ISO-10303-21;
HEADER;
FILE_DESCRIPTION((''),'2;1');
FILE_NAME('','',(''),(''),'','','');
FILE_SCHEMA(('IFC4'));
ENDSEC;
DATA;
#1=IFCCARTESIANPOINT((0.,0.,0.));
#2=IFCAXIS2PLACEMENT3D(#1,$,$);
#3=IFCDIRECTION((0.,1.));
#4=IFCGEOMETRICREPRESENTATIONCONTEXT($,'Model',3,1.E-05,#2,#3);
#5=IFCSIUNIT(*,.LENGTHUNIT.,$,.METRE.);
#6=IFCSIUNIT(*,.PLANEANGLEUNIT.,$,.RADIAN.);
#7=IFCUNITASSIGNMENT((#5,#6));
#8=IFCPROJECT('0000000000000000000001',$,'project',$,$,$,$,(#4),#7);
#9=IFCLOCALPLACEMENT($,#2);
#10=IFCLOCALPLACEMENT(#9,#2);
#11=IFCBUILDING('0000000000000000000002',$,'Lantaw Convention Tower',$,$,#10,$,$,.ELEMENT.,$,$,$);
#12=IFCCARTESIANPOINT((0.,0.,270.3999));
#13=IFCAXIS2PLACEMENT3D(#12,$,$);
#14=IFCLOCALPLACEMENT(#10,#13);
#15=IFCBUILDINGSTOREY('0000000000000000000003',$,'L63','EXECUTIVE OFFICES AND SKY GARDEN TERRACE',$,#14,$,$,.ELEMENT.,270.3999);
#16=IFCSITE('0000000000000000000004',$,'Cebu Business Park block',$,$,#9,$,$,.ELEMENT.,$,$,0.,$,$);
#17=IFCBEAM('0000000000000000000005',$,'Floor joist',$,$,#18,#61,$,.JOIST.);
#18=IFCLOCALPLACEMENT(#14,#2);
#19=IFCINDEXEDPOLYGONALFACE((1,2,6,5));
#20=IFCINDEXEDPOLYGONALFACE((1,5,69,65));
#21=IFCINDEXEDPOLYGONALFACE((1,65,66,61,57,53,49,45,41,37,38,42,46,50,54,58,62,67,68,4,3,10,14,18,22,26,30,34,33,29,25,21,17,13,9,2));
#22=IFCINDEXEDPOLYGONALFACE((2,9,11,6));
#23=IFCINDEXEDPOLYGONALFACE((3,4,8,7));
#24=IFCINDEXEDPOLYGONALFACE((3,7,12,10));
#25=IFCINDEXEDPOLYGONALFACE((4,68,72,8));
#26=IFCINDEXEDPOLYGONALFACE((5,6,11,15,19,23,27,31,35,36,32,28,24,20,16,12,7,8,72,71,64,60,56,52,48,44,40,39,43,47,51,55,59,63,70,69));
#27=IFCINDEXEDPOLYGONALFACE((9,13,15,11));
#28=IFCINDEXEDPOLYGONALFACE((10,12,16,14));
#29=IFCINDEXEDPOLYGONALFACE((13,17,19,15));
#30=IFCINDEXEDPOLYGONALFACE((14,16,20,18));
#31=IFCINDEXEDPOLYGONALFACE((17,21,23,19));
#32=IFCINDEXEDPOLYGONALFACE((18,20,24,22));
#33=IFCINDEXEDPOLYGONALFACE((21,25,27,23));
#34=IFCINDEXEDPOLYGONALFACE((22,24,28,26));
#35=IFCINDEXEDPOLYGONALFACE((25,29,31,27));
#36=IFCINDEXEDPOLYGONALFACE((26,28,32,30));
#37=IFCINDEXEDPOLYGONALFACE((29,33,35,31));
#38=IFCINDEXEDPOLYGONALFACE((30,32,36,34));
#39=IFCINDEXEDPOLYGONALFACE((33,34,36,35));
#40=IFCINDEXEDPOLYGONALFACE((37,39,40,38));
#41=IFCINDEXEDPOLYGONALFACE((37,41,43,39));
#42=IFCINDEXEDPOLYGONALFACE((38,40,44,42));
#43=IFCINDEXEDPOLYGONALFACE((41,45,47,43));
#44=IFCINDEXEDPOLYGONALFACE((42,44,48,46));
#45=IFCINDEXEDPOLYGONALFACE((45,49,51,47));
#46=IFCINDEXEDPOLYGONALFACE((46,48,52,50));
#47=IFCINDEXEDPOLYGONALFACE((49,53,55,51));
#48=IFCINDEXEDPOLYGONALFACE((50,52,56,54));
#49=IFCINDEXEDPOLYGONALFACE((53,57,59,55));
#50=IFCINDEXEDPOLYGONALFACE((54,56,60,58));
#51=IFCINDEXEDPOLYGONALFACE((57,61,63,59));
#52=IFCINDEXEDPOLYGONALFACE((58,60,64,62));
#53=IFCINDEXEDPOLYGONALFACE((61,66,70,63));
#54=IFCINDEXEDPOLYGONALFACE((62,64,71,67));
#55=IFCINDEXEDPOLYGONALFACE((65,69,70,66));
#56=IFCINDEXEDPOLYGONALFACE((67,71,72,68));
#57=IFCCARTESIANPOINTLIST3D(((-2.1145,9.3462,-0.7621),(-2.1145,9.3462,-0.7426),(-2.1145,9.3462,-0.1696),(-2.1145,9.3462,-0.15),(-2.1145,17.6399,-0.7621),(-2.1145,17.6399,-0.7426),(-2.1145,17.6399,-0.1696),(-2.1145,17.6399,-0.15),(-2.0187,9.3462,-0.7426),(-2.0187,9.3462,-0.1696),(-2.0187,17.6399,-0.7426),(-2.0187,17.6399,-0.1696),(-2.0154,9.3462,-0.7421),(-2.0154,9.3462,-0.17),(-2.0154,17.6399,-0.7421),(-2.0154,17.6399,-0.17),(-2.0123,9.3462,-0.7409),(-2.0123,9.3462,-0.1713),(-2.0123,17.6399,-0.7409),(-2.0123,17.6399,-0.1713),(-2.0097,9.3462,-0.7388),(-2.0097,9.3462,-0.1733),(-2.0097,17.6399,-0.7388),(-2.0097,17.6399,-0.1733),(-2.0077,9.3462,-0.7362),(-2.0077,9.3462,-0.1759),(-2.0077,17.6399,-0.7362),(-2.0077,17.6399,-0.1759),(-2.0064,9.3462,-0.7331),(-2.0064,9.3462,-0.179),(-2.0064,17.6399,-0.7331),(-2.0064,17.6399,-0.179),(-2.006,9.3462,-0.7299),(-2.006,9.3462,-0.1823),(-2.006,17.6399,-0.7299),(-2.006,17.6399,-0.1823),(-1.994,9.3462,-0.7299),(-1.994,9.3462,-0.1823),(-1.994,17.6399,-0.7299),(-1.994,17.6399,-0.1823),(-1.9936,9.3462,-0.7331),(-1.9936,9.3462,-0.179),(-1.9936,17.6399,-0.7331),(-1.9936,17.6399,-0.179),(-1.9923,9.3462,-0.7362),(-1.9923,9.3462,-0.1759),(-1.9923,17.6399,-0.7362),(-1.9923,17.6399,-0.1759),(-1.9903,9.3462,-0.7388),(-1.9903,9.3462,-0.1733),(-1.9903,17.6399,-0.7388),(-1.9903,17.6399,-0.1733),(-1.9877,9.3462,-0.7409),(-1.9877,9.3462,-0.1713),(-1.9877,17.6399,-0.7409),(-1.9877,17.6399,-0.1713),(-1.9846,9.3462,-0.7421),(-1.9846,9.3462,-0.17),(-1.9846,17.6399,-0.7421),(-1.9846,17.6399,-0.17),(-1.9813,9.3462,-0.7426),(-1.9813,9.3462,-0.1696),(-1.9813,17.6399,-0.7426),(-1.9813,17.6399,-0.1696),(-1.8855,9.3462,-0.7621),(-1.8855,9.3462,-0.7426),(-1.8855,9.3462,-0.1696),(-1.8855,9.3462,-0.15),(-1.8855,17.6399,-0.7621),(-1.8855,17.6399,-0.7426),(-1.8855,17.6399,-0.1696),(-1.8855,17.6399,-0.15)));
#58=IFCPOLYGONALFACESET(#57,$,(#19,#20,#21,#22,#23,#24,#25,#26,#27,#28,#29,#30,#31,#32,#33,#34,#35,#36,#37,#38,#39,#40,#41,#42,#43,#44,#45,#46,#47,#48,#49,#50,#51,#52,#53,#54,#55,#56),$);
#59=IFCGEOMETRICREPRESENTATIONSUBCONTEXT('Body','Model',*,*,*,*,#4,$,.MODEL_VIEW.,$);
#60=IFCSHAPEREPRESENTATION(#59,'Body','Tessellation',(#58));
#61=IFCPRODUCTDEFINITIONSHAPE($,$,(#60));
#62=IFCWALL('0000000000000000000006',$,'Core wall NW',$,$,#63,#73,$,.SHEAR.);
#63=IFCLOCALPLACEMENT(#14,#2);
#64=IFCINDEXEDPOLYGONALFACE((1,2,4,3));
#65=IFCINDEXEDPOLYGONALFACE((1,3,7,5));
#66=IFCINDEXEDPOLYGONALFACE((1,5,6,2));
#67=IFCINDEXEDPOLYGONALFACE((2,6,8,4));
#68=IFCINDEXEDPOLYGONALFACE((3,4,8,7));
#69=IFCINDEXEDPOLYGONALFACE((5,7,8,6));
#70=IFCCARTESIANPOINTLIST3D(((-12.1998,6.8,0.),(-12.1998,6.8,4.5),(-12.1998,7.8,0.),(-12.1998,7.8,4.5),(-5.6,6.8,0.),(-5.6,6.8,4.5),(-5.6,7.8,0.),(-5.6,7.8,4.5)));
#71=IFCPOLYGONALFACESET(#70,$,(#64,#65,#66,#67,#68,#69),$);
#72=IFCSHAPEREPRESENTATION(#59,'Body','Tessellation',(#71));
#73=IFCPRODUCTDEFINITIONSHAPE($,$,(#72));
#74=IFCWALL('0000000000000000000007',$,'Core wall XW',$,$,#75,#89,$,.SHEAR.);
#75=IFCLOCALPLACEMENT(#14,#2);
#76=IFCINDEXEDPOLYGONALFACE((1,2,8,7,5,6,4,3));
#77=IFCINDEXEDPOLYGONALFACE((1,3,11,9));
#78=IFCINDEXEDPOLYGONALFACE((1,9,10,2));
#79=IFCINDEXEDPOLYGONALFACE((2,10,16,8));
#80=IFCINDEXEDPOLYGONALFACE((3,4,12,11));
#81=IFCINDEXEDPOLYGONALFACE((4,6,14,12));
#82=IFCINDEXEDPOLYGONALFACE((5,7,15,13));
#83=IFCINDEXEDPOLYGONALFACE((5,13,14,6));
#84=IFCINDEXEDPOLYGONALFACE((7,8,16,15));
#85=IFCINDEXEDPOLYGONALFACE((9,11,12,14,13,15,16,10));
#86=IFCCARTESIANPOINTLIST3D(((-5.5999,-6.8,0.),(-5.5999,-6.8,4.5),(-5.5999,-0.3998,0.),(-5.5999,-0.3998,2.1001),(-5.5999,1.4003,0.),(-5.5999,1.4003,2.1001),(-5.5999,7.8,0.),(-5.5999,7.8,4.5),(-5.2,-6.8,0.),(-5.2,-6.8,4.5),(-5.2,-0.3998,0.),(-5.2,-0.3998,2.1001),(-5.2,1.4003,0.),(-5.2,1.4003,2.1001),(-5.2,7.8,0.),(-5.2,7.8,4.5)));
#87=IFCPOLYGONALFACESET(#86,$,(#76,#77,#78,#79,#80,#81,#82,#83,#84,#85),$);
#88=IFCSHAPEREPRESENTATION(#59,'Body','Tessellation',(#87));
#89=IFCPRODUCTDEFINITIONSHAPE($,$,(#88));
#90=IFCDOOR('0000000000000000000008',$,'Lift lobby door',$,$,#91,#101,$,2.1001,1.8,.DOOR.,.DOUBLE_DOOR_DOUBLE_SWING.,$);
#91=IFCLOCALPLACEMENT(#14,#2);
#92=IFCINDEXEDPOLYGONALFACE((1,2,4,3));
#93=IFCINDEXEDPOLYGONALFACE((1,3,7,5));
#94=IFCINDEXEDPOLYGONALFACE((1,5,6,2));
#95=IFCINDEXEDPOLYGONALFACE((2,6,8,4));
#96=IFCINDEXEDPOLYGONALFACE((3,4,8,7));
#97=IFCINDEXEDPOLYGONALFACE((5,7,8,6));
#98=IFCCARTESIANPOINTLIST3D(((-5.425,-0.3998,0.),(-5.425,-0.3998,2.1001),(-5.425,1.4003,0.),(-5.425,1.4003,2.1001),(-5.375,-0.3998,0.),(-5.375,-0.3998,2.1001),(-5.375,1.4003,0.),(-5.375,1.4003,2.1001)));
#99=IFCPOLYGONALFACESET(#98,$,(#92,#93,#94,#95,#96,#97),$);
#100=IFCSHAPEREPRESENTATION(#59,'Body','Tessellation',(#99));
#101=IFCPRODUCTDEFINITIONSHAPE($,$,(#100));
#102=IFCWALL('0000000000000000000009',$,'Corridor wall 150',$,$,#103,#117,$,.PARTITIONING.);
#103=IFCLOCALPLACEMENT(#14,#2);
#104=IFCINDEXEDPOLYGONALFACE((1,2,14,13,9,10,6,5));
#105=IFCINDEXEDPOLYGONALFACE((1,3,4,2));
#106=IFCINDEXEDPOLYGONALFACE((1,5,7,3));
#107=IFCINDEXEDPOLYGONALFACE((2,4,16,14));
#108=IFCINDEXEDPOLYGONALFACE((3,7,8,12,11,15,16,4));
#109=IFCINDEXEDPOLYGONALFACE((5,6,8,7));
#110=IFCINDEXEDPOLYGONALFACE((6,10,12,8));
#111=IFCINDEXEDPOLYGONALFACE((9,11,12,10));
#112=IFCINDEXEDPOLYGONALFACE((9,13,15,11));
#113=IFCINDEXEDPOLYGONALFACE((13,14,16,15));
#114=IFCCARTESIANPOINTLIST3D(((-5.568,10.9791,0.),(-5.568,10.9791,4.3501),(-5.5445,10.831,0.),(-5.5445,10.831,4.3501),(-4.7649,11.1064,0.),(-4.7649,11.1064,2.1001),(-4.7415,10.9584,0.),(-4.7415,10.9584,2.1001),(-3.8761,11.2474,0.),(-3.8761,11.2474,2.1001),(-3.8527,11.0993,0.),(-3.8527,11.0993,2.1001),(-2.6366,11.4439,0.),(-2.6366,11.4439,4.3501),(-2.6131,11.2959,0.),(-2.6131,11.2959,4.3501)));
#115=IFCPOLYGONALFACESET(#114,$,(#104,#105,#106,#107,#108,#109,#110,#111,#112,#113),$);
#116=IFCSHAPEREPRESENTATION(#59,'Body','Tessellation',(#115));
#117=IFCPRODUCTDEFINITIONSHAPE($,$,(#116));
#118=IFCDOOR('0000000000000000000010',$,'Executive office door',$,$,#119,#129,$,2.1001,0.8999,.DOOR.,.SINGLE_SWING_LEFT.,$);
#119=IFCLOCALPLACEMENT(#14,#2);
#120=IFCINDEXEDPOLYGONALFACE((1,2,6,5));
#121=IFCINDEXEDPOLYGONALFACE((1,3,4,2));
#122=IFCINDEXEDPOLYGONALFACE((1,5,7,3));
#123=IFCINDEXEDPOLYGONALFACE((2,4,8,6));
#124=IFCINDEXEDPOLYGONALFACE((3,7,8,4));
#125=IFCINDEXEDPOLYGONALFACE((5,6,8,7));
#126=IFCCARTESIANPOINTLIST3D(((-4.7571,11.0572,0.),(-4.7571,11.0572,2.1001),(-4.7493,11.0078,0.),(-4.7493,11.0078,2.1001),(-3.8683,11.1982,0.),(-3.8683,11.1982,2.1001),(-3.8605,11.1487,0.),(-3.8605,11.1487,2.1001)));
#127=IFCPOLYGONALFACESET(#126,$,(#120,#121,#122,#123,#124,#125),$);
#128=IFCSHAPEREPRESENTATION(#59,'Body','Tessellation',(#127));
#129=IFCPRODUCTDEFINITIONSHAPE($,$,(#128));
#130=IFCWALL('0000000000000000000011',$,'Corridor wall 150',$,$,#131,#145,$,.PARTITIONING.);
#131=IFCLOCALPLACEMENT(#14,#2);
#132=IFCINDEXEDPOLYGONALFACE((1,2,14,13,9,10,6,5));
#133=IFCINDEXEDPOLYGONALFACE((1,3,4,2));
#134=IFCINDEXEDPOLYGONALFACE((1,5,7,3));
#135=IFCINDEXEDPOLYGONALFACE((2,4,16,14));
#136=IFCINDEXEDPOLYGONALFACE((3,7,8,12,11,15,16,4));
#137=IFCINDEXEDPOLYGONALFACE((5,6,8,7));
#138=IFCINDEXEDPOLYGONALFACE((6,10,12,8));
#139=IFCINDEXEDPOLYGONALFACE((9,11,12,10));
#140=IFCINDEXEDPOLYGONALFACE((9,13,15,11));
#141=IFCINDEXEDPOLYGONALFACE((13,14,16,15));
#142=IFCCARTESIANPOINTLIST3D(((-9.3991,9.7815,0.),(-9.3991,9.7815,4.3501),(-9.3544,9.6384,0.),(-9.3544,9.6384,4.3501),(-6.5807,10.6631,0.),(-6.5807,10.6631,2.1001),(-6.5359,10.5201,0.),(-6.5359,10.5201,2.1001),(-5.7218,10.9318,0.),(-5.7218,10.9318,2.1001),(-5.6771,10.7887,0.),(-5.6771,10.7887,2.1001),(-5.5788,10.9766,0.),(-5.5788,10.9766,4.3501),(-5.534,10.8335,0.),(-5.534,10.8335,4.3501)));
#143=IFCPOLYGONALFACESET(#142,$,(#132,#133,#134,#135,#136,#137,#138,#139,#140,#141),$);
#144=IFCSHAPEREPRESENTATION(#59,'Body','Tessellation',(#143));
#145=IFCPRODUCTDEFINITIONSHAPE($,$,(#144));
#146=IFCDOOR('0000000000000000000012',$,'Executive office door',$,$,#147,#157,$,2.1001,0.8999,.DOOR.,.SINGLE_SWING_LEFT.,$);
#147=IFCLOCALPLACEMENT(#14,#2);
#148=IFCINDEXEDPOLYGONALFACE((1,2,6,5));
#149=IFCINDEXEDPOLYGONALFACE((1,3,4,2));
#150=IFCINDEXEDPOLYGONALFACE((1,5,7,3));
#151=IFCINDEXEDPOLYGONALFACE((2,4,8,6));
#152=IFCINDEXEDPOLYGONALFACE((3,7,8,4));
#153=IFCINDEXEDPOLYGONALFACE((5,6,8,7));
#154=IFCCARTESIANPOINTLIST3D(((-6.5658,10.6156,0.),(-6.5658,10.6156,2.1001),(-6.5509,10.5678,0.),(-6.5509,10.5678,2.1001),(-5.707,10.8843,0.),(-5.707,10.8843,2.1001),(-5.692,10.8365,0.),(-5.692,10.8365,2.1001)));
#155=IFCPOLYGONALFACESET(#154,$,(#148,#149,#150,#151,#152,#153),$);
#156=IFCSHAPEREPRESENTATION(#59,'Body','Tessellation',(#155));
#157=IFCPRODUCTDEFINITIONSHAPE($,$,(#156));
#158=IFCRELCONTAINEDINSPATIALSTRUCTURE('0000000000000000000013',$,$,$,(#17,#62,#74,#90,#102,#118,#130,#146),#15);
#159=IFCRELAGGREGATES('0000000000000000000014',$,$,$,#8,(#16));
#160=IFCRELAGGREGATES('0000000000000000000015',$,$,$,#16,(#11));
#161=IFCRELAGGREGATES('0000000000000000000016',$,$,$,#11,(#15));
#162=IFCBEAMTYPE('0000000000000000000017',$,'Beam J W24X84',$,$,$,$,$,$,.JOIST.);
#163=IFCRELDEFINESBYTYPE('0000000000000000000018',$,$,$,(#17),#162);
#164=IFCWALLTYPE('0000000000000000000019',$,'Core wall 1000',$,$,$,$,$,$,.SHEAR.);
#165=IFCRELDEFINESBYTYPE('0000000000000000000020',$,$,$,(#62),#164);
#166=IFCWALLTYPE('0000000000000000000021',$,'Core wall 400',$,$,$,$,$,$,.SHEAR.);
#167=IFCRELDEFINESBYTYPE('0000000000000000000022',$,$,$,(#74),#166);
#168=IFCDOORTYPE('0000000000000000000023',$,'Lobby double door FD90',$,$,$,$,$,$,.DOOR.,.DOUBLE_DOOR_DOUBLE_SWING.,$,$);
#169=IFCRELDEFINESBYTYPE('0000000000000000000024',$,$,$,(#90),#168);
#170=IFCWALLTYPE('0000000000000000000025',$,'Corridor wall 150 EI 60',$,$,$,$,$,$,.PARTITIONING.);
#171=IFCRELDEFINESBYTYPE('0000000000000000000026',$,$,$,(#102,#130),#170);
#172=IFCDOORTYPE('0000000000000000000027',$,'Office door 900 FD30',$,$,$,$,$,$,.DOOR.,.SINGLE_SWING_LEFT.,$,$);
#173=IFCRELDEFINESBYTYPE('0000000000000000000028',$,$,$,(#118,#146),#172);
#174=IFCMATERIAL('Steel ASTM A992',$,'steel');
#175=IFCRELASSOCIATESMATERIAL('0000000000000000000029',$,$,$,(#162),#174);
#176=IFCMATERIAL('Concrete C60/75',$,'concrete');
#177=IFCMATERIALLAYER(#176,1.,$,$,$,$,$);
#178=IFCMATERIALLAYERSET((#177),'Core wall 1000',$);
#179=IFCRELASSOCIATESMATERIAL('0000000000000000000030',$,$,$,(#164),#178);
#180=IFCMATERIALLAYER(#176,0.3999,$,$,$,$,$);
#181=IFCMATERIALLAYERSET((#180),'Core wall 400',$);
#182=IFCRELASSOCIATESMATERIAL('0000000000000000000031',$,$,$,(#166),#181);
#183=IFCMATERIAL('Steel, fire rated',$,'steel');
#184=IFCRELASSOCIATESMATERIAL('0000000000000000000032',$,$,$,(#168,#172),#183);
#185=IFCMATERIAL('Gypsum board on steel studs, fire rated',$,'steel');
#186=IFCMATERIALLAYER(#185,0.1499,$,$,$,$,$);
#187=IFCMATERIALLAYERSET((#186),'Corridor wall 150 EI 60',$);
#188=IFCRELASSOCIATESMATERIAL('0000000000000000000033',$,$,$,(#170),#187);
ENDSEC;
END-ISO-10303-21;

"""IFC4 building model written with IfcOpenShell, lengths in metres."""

from ifc_helpers import new_model, si_unit, direction, frame, frame_2d, origin, origin_2d, place, context, subcontext, project, spatial, rectangle, i_section, extrude, material, layer, layer_set, material_profile, profile_set, type_object, element, fill, save


model = new_model("IFC4")

# Units and contexts
model_context = context("Model", 3, precision=1e-05, world=origin(), true_north=direction((0.0, 1.0)))
body_context = subcontext(model_context, "Body", "Model", "MODEL_VIEW")
ifc_project = project(units=[si_unit("LENGTHUNIT", "METRE"), si_unit("PLANEANGLEUNIT", "RADIAN")], contexts=[model_context])

# Site, building, storey
site_placement = place(None, origin())
site = spatial("IfcSite", under=ifc_project, at=site_placement, Name="Cebu Business Park block", CompositionType="ELEMENT", RefElevation=0.0)
building_placement = place(site_placement, origin())
building = spatial("IfcBuilding", under=site, at=building_placement, Name="Lantaw Convention Tower", CompositionType="ELEMENT")
storey_placement = place(building_placement, frame((0.0, 0.0, 270.3999)))
storey = spatial("IfcBuildingStorey", under=building, at=storey_placement, Name="L63", Description="EXECUTIVE OFFICES AND SKY GARDEN TERRACE", CompositionType="ELEMENT", Elevation=270.3999)

# Shared definitions
ifc_material_1 = material(Name="Concrete C60/75", Category="concrete")

# Beam
ifc_material_2 = material(Name="Steel ASTM A992", Category="steel")
ifc_material_profile_1 = material_profile(ifc_material_2, i_section(OverallWidth=0.229, OverallDepth=0.6121, WebThickness=0.012, FlangeThickness=0.0195, FilletRadius=0.0127, at=origin_2d()), Name="W24X84")
ifc_profile_set_1 = profile_set([ifc_material_profile_1], Name="Steel ASTM A992")
beam_type_1 = type_object("IfcBeamType", Name="Beam J W24X84", PredefinedType="JOIST", material=ifc_profile_set_1)
beam_1_placement = place(storey_placement, frame((-2.0, 9.3462, -0.4561), z_axis=(0.0, 1.0, 0.0), x_axis=(-1.0, 0.0, 0.0)))
element("IfcBeam", 1, at=beam_1_placement, inside=storey, type_object=beam_type_1, Name="Floor joist", PredefinedType="JOIST", context=body_context, shape_type="SweptSolid", body=[
    extrude(i_section(OverallWidth=0.229, OverallDepth=0.6121, WebThickness=0.012, FlangeThickness=0.0195, FilletRadius=0.0127, at=origin_2d()), origin(), (0.0, 0.0, 1.0), 8.2937),
])

# Wall
ifc_layer_1 = layer(ifc_material_1, 1.0)
ifc_layer_set_1 = layer_set([ifc_layer_1], Name="Core wall 1000")
wall_type_1 = type_object("IfcWallType", Name="Core wall 1000", PredefinedType="SHEAR", material=ifc_layer_set_1)
wall_1_placement = place(storey_placement, frame((-5.6001, 7.3, 0.0), z_axis=(0.0, 0.0, 1.0), x_axis=(-1.0, 0.0, 0.0)))
element("IfcWall", 2, at=wall_1_placement, inside=storey, type_object=wall_type_1, Name="Core wall NW", PredefinedType="SHEAR", context=body_context, shape_type="SweptSolid", body=[
    extrude(rectangle(XDim=6.5999, YDim=1.0, at=frame_2d((3.2998, 0.0))), origin(), (0.0, 0.0, 1.0), 4.5),
])

# Walls, openings, doors
ifc_layer_2 = layer(ifc_material_1, 0.3999)
ifc_layer_set_2 = layer_set([ifc_layer_2], Name="Core wall 400")
wall_type_2 = type_object("IfcWallType", Name="Core wall 400", PredefinedType="SHEAR", material=ifc_layer_set_2)
wall_2_placement = place(storey_placement, frame((-5.3999, 7.8, 0.0), z_axis=(0.0, 0.0, 1.0), x_axis=(0.0, -1.0, 0.0)))
wall_2 = element("IfcWall", 3, at=wall_2_placement, inside=storey, type_object=wall_type_2, Name="Core wall XW", PredefinedType="SHEAR", context=body_context, shape_type="SweptSolid", body=[
    extrude(rectangle(XDim=14.6001, YDim=0.3999, at=frame_2d((7.3, 0.0))), origin(), (0.0, 0.0, 1.0), 4.5),
])
opening_1_placement = place(wall_2_placement, frame((6.3999, 0.0, 0.0)))
opening_1 = element("IfcOpeningElement", 4, at=opening_1_placement, cuts=wall_2, PredefinedType="OPENING", context=body_context, shape_type="SweptSolid", body=[
    extrude(rectangle(XDim=1.8, YDim=2.1001, at=frame_2d((0.8999, 1.05))), frame((0.0, 0.21, 0.0), z_axis=(0.0, -1.0, 0.0), x_axis=(1.0, 0.0, 0.0)), (0.0, 0.0, 1.0), 0.4199),
])
ifc_material_3 = material(Name="Steel, fire rated", Category="steel")
door_type_1 = type_object("IfcDoorType", Name="Lobby double door FD90", OperationType="DOUBLE_DOOR_DOUBLE_SWING", PredefinedType="DOOR", material=ifc_material_3)
door_1_placement = place(opening_1_placement, origin())
door_1 = element("IfcDoor", 5, at=door_1_placement, inside=storey, type_object=door_type_1, Name="Lift lobby door", OperationType="DOUBLE_DOOR_DOUBLE_SWING", OverallHeight=2.1001, OverallWidth=1.8, PredefinedType="DOOR", context=body_context, shape_type="SweptSolid", body=[
    extrude(rectangle(XDim=1.8, YDim=2.1001, at=frame_2d((0.8999, 1.05))), frame((0.0, 0.0249, 0.0), z_axis=(0.0, -1.0, 0.0), x_axis=(1.0, 0.0, 0.0)), (0.0, 0.0, 1.0), 0.05),
])
fill(opening_1, door_1)
ifc_material_4 = material(Name="Gypsum board on steel studs, fire rated", Category="steel")
ifc_layer_3 = layer(ifc_material_4, 0.1499)
ifc_layer_set_3 = layer_set([ifc_layer_3], Name="Corridor wall 150 EI 60")
wall_type_3 = type_object("IfcWallType", Name="Corridor wall 150 EI 60", PredefinedType="PARTITIONING", material=ifc_layer_set_3)
wall_3_placement = place(storey_placement, frame((-2.625, 11.3699, 0.0), z_axis=(0.0, 0.0, 1.0), x_axis=(-0.987659, -0.156617, 0.0)))
wall_3 = element("IfcWall", 6, at=wall_3_placement, inside=storey, type_object=wall_type_3, Name="Corridor wall 150", PredefinedType="PARTITIONING", context=body_context, shape_type="SweptSolid", body=[
    extrude(rectangle(XDim=2.968, YDim=0.1499, at=frame_2d((1.4839, 0.0))), origin(), (0.0, 0.0, 1.0), 4.3501),
])
opening_2_placement = place(wall_3_placement, frame((1.2549, 0.0, 0.0)))
opening_2 = element("IfcOpeningElement", 7, at=opening_2_placement, cuts=wall_3, PredefinedType="OPENING", context=body_context, shape_type="SweptSolid", body=[
    extrude(rectangle(XDim=0.8999, YDim=2.1001, at=frame_2d((0.45, 1.05))), frame((0.0, 0.085, 0.0), z_axis=(0.0, -1.0, 0.0), x_axis=(1.0, 0.0, 0.0)), (0.0, 0.0, 1.0), 0.1699),
])
door_type_2 = type_object("IfcDoorType", Name="Office door 900 FD30", OperationType="SINGLE_SWING_LEFT", PredefinedType="DOOR", material=ifc_material_3)
door_2_placement = place(opening_2_placement, origin())
door_2 = element("IfcDoor", 8, at=door_2_placement, inside=storey, type_object=door_type_2, Name="Executive office door", OperationType="SINGLE_SWING_LEFT", OverallHeight=2.1001, OverallWidth=0.8999, PredefinedType="DOOR", context=body_context, shape_type="SweptSolid", body=[
    extrude(rectangle(XDim=0.8999, YDim=2.1001, at=frame_2d((0.45, 1.05))), frame((0.0, 0.0249, 0.0), z_axis=(0.0, -1.0, 0.0), x_axis=(1.0, 0.0, 0.0)), (0.0, 0.0, 1.0), 0.05),
])
fill(opening_2, door_2)
wall_4_placement = place(storey_placement, frame((-5.5564, 10.905, 0.0), z_axis=(0.0, 0.0, 1.0), x_axis=(-0.954393, -0.298553, 0.0)))
wall_4 = element("IfcWall", 9, at=wall_4_placement, inside=storey, type_object=wall_type_3, Name="Corridor wall 150", PredefinedType="PARTITIONING", context=body_context, shape_type="SweptSolid", body=[
    extrude(rectangle(XDim=4.0029, YDim=0.1499, at=frame_2d((2.0015, 0.0))), origin(), (0.0, 0.0, 1.0), 4.3501),
])
opening_3_placement = place(wall_4_placement, frame((0.1499, 0.0, 0.0)))
opening_3 = element("IfcOpeningElement", 10, at=opening_3_placement, cuts=wall_4, PredefinedType="OPENING", context=body_context, shape_type="SweptSolid", body=[
    extrude(rectangle(XDim=0.8999, YDim=2.1001, at=frame_2d((0.45, 1.05))), frame((0.0, 0.085, 0.0), z_axis=(0.0, -1.0, 0.0), x_axis=(1.0, 0.0, 0.0)), (0.0, 0.0, 1.0), 0.1699),
])
door_3_placement = place(opening_3_placement, origin())
door_3 = element("IfcDoor", 11, at=door_3_placement, inside=storey, type_object=door_type_2, Name="Executive office door", OperationType="SINGLE_SWING_LEFT", OverallHeight=2.1001, OverallWidth=0.8999, PredefinedType="DOOR", context=body_context, shape_type="SweptSolid", body=[
    extrude(rectangle(XDim=0.8999, YDim=2.1001, at=frame_2d((0.45, 1.05))), frame((0.0, 0.0249, 0.0), z_axis=(0.0, -1.0, 0.0), x_axis=(1.0, 0.0, 0.0)), (0.0, 0.0, 1.0), 0.05),
])
fill(opening_3, door_3)

save(model, "model.ifc")
